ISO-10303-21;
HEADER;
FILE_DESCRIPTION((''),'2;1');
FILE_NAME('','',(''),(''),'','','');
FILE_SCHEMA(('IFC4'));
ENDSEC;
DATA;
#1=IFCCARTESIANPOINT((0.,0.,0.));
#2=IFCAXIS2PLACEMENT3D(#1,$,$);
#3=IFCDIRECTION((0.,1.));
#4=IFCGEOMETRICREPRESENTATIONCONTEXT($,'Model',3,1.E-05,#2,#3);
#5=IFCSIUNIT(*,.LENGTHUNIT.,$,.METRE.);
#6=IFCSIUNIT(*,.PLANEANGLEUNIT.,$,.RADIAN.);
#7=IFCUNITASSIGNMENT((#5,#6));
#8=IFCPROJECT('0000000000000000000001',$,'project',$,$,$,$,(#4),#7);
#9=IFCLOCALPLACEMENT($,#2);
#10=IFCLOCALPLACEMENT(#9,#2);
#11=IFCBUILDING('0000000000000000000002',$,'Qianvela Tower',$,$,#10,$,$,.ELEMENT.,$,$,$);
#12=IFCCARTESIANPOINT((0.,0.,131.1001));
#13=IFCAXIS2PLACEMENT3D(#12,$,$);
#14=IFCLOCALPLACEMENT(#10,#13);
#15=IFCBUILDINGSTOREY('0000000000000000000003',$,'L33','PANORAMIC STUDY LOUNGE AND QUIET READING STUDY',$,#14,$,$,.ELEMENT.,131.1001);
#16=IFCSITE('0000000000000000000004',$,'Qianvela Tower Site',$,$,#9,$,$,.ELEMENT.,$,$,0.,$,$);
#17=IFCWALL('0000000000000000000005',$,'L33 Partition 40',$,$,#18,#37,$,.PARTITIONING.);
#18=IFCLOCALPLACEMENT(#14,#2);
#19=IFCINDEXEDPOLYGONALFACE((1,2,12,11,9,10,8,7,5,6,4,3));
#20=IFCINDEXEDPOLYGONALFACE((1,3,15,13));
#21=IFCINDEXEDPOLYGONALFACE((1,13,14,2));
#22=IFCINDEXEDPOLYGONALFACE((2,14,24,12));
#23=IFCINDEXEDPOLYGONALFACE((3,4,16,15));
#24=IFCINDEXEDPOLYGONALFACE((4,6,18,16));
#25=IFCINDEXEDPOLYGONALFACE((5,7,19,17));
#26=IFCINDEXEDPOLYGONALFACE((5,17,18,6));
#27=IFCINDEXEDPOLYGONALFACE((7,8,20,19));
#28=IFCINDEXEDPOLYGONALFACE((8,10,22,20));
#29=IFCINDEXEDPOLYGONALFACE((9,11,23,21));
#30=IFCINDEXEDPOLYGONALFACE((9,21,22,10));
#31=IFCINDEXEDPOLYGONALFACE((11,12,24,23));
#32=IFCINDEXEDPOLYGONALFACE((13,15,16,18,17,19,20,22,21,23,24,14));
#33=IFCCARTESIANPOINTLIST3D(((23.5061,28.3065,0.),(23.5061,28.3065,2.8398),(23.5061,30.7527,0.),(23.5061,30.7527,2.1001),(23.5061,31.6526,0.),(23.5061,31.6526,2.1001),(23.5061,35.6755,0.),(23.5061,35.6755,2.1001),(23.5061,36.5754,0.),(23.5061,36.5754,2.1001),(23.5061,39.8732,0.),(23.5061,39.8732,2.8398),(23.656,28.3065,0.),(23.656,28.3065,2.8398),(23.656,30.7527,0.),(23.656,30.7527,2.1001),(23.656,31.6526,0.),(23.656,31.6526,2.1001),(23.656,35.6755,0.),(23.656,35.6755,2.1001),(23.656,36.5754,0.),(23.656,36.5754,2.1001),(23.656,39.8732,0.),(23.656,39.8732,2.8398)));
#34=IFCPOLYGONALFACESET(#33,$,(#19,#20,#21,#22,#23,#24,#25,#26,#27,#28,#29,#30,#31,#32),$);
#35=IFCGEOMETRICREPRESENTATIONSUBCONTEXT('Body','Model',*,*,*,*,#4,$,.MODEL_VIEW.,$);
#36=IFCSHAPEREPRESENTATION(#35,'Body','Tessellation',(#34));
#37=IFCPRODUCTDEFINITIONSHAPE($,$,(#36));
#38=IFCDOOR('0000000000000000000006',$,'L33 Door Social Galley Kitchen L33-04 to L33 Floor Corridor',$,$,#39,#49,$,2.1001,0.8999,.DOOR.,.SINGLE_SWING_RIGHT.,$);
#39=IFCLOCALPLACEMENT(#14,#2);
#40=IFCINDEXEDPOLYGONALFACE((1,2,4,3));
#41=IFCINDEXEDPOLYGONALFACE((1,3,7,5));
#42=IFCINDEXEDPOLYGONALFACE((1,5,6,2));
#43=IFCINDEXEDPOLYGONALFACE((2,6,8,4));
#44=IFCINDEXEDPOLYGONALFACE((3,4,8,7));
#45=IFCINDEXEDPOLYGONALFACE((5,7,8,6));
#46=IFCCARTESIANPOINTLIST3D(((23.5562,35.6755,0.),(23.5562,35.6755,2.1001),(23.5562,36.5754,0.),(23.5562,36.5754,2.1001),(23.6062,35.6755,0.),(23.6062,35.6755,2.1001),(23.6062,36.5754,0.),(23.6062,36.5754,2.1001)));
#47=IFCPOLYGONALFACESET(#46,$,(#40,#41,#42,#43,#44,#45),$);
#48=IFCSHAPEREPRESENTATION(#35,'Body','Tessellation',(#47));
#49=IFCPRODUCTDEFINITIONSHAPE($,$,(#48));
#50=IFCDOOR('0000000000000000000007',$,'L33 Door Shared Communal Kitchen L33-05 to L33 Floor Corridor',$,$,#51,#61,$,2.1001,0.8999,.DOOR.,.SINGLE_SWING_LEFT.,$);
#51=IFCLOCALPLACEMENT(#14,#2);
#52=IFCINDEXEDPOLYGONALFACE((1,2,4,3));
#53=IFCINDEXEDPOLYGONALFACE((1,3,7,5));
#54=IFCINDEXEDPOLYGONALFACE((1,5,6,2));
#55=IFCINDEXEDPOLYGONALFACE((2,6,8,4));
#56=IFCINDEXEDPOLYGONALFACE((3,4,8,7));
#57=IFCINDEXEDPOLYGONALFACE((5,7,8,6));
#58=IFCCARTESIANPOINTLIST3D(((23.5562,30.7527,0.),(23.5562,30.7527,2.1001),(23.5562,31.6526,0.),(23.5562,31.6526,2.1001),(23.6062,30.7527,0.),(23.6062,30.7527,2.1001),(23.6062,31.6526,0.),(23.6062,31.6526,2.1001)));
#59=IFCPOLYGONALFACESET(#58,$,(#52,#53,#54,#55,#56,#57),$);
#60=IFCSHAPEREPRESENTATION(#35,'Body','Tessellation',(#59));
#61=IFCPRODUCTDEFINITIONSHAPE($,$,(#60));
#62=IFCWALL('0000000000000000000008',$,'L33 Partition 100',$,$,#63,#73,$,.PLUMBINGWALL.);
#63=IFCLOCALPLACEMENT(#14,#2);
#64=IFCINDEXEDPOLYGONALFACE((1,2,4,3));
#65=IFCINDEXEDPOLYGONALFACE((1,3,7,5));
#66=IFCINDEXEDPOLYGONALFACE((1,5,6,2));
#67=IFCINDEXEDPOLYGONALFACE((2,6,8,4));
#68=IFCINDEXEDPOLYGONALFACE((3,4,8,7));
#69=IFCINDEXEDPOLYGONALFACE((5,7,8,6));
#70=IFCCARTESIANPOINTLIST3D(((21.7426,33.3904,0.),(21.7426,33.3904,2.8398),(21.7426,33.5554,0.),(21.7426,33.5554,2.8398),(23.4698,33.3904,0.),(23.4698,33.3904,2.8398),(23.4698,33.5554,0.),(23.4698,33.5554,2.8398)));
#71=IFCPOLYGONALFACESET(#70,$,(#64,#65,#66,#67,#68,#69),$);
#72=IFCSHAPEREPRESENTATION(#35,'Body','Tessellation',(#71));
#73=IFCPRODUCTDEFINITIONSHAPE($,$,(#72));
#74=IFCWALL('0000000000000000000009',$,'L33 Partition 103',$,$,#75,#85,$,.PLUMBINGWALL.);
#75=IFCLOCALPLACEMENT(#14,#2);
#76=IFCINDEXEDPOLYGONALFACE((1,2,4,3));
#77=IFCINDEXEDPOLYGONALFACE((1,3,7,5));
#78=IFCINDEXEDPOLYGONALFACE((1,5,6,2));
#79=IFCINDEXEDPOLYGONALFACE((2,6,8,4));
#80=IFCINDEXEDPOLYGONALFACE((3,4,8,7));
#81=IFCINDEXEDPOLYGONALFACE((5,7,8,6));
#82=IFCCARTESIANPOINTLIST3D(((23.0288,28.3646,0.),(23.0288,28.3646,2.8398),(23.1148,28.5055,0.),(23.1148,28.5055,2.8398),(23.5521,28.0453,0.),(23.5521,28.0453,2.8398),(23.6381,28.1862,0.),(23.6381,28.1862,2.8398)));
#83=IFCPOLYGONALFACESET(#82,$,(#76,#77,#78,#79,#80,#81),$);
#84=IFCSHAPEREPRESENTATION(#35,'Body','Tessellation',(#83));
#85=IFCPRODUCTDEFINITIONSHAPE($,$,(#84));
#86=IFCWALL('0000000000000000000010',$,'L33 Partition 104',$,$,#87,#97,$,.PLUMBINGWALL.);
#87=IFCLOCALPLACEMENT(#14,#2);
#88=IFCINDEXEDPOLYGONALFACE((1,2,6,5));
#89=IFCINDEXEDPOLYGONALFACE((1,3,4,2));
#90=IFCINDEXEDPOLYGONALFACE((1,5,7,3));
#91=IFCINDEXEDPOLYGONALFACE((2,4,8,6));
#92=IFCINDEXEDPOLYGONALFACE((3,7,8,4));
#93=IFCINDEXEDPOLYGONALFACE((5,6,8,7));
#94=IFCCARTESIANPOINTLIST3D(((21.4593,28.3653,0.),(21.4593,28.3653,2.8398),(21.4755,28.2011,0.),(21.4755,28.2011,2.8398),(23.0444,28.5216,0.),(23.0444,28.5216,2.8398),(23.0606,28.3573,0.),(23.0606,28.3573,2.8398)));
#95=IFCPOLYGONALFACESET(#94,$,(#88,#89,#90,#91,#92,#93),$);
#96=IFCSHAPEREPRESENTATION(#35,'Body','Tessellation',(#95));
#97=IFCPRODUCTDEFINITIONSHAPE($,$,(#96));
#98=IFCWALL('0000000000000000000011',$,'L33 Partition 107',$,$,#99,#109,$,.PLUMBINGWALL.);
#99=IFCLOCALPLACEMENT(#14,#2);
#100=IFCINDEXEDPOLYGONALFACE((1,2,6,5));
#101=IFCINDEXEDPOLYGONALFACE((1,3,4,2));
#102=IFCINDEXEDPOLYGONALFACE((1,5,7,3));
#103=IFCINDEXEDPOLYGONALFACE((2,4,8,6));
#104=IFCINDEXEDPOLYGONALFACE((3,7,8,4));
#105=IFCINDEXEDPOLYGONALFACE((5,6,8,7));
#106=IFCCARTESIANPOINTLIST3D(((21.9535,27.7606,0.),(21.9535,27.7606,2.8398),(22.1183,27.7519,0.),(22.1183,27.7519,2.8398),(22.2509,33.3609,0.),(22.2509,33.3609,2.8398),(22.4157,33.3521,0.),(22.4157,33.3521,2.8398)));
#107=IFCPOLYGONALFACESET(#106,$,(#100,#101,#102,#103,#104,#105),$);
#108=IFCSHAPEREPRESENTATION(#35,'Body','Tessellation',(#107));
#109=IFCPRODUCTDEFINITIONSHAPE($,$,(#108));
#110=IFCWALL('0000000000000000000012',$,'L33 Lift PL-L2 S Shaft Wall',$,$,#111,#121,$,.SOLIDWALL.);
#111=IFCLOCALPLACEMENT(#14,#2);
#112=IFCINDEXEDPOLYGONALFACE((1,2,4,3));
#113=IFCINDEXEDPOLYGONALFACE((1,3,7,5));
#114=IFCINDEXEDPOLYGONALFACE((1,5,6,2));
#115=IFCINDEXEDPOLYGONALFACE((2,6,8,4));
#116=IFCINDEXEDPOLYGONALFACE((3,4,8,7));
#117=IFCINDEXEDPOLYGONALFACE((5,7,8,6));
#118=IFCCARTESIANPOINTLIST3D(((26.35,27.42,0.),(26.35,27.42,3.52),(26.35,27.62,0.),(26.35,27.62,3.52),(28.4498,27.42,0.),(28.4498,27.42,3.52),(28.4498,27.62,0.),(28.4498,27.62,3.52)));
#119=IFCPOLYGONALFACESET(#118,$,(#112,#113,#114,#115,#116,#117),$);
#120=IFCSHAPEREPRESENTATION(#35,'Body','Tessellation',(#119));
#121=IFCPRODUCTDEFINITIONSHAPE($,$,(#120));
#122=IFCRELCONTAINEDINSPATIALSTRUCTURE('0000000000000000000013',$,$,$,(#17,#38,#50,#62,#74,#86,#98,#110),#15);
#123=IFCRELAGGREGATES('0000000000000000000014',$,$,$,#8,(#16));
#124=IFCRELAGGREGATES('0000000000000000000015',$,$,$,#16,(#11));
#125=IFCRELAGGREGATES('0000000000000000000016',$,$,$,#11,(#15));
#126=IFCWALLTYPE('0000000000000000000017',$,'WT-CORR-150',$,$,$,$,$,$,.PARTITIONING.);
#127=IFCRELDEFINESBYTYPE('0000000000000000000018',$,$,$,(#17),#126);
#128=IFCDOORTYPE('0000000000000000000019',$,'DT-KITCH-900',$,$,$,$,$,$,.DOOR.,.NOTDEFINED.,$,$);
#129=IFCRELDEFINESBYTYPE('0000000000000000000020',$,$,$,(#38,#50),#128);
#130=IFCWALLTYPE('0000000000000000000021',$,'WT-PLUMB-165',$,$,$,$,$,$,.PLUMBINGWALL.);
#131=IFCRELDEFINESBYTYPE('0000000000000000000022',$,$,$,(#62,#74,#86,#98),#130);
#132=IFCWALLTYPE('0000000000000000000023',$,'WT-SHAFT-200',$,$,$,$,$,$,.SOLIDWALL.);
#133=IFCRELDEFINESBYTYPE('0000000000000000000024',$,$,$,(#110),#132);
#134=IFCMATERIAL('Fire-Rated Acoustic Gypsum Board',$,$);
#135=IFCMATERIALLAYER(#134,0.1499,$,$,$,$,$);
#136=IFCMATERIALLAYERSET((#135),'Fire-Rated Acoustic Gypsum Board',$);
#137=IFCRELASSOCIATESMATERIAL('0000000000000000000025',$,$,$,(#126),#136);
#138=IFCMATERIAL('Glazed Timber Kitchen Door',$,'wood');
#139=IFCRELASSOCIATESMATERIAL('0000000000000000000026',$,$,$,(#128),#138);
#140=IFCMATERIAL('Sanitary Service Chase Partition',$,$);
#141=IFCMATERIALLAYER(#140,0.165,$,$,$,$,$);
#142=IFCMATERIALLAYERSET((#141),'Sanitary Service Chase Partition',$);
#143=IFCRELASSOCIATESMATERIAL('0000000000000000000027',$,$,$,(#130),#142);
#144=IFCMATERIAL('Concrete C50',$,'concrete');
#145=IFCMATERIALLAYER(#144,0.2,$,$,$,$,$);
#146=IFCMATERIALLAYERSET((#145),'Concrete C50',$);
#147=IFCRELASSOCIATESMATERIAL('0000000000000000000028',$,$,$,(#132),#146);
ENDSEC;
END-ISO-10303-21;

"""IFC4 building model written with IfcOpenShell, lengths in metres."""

from ifc_helpers import new_model, si_unit, direction, frame, frame_2d, origin, place, context, subcontext, project, spatial, rectangle, extrude, material, layer, layer_set, type_object, element, fill, save


model = new_model("IFC4")

# Units and contexts
model_context = context("Model", 3, precision=1e-05, world=origin(), true_north=direction((0.0, 1.0)))
body_context = subcontext(model_context, "Body", "Model", "MODEL_VIEW")
ifc_project = project(units=[si_unit("LENGTHUNIT", "METRE"), si_unit("PLANEANGLEUNIT", "RADIAN")], contexts=[model_context])

# Site, building, storey
site_placement = place(None, origin())
site = spatial("IfcSite", under=ifc_project, at=site_placement, Name="Qianvela Tower Site", CompositionType="ELEMENT", RefElevation=0.0)
building_placement = place(site_placement, origin())
building = spatial("IfcBuilding", under=site, at=building_placement, Name="Qianvela Tower", CompositionType="ELEMENT")
storey_placement = place(building_placement, frame((0.0, 0.0, 131.1001)))
storey = spatial("IfcBuildingStorey", under=building, at=storey_placement, Name="L33", Description="PANORAMIC STUDY LOUNGE AND QUIET READING STUDY", CompositionType="ELEMENT", Elevation=131.1001)

# Wall, openings, doors
ifc_material_1 = material(Name="Fire-Rated Acoustic Gypsum Board")
ifc_layer_1 = layer(ifc_material_1, 0.1499)
ifc_layer_set_1 = layer_set([ifc_layer_1], Name="Fire-Rated Acoustic Gypsum Board")
wall_type_1 = type_object("IfcWallType", Name="WT-CORR-150", PredefinedType="PARTITIONING", material=ifc_layer_set_1)
wall_1_placement = place(storey_placement, frame((23.5811, 28.3066, 0.0), z_axis=(0.0, 0.0, 1.0), x_axis=(0.0, 1.0, 0.0)))
wall_1 = element("IfcWall", 1, at=wall_1_placement, inside=storey, type_object=wall_type_1, Name="L33 Partition 40", PredefinedType="PARTITIONING", context=body_context, shape_type="SweptSolid", body=[
    extrude(rectangle(XDim=11.5667, YDim=0.1499, at=frame_2d((5.7832, 0.0))), origin(), (0.0, 0.0, 1.0), 2.8398),
])
opening_1_placement = place(wall_1_placement, frame((7.3689, 0.0, 0.0)))
opening_1 = element("IfcOpeningElement", 2, at=opening_1_placement, cuts=wall_1, PredefinedType="OPENING", context=body_context, shape_type="SweptSolid", body=[
    extrude(rectangle(XDim=0.8999, YDim=2.1001, at=frame_2d((0.45, 1.05))), frame((0.0, 0.085, 0.0), z_axis=(0.0, -1.0, 0.0), x_axis=(1.0, 0.0, 0.0)), (0.0, 0.0, 1.0), 0.1699),
])
opening_2_placement = place(wall_1_placement, frame((2.446, 0.0, 0.0)))
opening_2 = element("IfcOpeningElement", 3, at=opening_2_placement, cuts=wall_1, PredefinedType="OPENING", context=body_context, shape_type="SweptSolid", body=[
    extrude(rectangle(XDim=0.8999, YDim=2.1001, at=frame_2d((0.45, 1.05))), frame((0.0, 0.085, 0.0), z_axis=(0.0, -1.0, 0.0), x_axis=(1.0, 0.0, 0.0)), (0.0, 0.0, 1.0), 0.1699),
])
ifc_material_2 = material(Name="Glazed Timber Kitchen Door", Category="wood")
door_type_1 = type_object("IfcDoorType", Name="DT-KITCH-900", OperationType="NOTDEFINED", PredefinedType="DOOR", material=ifc_material_2)
door_1_placement = place(opening_1_placement, origin())
door_1 = element("IfcDoor", 4, at=door_1_placement, inside=storey, type_object=door_type_1, Name="L33 Door Social Galley Kitchen L33-04 to L33 Floor Corridor", OperationType="SINGLE_SWING_RIGHT", OverallHeight=2.1001, OverallWidth=0.8999, PredefinedType="DOOR", context=body_context, shape_type="SweptSolid", body=[
    extrude(rectangle(XDim=0.8999, YDim=2.1001, at=frame_2d((0.45, 1.05))), frame((0.0, 0.0249, 0.0), z_axis=(0.0, -1.0, 0.0), x_axis=(1.0, 0.0, 0.0)), (0.0, 0.0, 1.0), 0.05),
])
fill(opening_1, door_1)
door_2_placement = place(opening_2_placement, origin())
door_2 = element("IfcDoor", 5, at=door_2_placement, inside=storey, type_object=door_type_1, Name="L33 Door Shared Communal Kitchen L33-05 to L33 Floor Corridor", OperationType="SINGLE_SWING_LEFT", OverallHeight=2.1001, OverallWidth=0.8999, PredefinedType="DOOR", context=body_context, shape_type="SweptSolid", body=[
    extrude(rectangle(XDim=0.8999, YDim=2.1001, at=frame_2d((0.45, 1.05))), frame((0.0, 0.0249, 0.0), z_axis=(0.0, -1.0, 0.0), x_axis=(1.0, 0.0, 0.0)), (0.0, 0.0, 1.0), 0.05),
])
fill(opening_2, door_2)

# Walls
ifc_material_3 = material(Name="Sanitary Service Chase Partition")
ifc_layer_2 = layer(ifc_material_3, 0.165)
ifc_layer_set_2 = layer_set([ifc_layer_2], Name="Sanitary Service Chase Partition")
wall_type_2 = type_object("IfcWallType", Name="WT-PLUMB-165", PredefinedType="PLUMBINGWALL", material=ifc_layer_set_2)
wall_2_placement = place(storey_placement, frame((23.47, 33.4729, 0.0), z_axis=(0.0, 0.0, 1.0), x_axis=(-1.0, 0.0, 0.0)))
element("IfcWall", 6, at=wall_2_placement, inside=storey, type_object=wall_type_2, Name="L33 Partition 100", PredefinedType="PLUMBINGWALL", context=body_context, shape_type="SweptSolid", body=[
    extrude(rectangle(XDim=1.7273, YDim=0.165, at=frame_2d((0.8638, 0.0))), origin(), (0.0, 0.0, 1.0), 2.8398),
])
wall_3_placement = place(storey_placement, frame((23.5952, 28.1157, 0.0), z_axis=(0.0, 0.0, 1.0), x_axis=(-0.853675, 0.520806, 0.0)))
element("IfcWall", 7, at=wall_3_placement, inside=storey, type_object=wall_type_2, Name="L33 Partition 103", PredefinedType="PLUMBINGWALL", context=body_context, shape_type="SweptSolid", body=[
    extrude(rectangle(XDim=0.613, YDim=0.165, at=frame_2d((0.3066, 0.0))), origin(), (0.0, 0.0, 1.0), 2.8398),
])
wall_4_placement = place(storey_placement, frame((23.0525, 28.4395, 0.0), z_axis=(0.0, 0.0, 1.0), x_axis=(-0.995177, -0.098092, 0.0)))
element("IfcWall", 8, at=wall_4_placement, inside=storey, type_object=wall_type_2, Name="L33 Partition 104", PredefinedType="PLUMBINGWALL", context=body_context, shape_type="SweptSolid", body=[
    extrude(rectangle(XDim=1.5928, YDim=0.165, at=frame_2d((0.7964, 0.0))), origin(), (0.0, 0.0, 1.0), 2.8398),
])
wall_5_placement = place(storey_placement, frame((22.0359, 27.7561, 0.0), z_axis=(0.0, 0.0, 1.0), x_axis=(0.053023, 0.998593, 0.0)))
element("IfcWall", 9, at=wall_5_placement, inside=storey, type_object=wall_type_2, Name="L33 Partition 107", PredefinedType="PLUMBINGWALL", context=body_context, shape_type="SweptSolid", body=[
    extrude(rectangle(XDim=5.6082, YDim=0.165, at=frame_2d((2.8042, 0.0))), origin(), (0.0, 0.0, 1.0), 2.8398),
])

# Shared definitions
ifc_material_4 = material(Name="Concrete C50", Category="concrete")
ifc_layer_3 = layer(ifc_material_4, 0.2)
ifc_layer_set_3 = layer_set([ifc_layer_3], Name="Concrete C50")
wall_type_3 = type_object("IfcWallType", Name="WT-SHAFT-200", PredefinedType="SOLIDWALL", material=ifc_layer_set_3)

# Wall
wall_6_placement = place(storey_placement, frame((26.3501, 27.52, 0.0), z_axis=(0.0, 0.0, 1.0), x_axis=(1.0, 0.0, 0.0)))
element("IfcWall", 10, at=wall_6_placement, inside=storey, type_object=wall_type_3, Name="L33 Lift PL-L2 S Shaft Wall", PredefinedType="SOLIDWALL", context=body_context, shape_type="SweptSolid", body=[
    extrude(rectangle(XDim=2.0999, YDim=0.2, at=frame_2d((1.0498, 0.0))), origin(), (0.0, 0.0, 1.0), 3.52),
])

save(model, "model.ifc")
